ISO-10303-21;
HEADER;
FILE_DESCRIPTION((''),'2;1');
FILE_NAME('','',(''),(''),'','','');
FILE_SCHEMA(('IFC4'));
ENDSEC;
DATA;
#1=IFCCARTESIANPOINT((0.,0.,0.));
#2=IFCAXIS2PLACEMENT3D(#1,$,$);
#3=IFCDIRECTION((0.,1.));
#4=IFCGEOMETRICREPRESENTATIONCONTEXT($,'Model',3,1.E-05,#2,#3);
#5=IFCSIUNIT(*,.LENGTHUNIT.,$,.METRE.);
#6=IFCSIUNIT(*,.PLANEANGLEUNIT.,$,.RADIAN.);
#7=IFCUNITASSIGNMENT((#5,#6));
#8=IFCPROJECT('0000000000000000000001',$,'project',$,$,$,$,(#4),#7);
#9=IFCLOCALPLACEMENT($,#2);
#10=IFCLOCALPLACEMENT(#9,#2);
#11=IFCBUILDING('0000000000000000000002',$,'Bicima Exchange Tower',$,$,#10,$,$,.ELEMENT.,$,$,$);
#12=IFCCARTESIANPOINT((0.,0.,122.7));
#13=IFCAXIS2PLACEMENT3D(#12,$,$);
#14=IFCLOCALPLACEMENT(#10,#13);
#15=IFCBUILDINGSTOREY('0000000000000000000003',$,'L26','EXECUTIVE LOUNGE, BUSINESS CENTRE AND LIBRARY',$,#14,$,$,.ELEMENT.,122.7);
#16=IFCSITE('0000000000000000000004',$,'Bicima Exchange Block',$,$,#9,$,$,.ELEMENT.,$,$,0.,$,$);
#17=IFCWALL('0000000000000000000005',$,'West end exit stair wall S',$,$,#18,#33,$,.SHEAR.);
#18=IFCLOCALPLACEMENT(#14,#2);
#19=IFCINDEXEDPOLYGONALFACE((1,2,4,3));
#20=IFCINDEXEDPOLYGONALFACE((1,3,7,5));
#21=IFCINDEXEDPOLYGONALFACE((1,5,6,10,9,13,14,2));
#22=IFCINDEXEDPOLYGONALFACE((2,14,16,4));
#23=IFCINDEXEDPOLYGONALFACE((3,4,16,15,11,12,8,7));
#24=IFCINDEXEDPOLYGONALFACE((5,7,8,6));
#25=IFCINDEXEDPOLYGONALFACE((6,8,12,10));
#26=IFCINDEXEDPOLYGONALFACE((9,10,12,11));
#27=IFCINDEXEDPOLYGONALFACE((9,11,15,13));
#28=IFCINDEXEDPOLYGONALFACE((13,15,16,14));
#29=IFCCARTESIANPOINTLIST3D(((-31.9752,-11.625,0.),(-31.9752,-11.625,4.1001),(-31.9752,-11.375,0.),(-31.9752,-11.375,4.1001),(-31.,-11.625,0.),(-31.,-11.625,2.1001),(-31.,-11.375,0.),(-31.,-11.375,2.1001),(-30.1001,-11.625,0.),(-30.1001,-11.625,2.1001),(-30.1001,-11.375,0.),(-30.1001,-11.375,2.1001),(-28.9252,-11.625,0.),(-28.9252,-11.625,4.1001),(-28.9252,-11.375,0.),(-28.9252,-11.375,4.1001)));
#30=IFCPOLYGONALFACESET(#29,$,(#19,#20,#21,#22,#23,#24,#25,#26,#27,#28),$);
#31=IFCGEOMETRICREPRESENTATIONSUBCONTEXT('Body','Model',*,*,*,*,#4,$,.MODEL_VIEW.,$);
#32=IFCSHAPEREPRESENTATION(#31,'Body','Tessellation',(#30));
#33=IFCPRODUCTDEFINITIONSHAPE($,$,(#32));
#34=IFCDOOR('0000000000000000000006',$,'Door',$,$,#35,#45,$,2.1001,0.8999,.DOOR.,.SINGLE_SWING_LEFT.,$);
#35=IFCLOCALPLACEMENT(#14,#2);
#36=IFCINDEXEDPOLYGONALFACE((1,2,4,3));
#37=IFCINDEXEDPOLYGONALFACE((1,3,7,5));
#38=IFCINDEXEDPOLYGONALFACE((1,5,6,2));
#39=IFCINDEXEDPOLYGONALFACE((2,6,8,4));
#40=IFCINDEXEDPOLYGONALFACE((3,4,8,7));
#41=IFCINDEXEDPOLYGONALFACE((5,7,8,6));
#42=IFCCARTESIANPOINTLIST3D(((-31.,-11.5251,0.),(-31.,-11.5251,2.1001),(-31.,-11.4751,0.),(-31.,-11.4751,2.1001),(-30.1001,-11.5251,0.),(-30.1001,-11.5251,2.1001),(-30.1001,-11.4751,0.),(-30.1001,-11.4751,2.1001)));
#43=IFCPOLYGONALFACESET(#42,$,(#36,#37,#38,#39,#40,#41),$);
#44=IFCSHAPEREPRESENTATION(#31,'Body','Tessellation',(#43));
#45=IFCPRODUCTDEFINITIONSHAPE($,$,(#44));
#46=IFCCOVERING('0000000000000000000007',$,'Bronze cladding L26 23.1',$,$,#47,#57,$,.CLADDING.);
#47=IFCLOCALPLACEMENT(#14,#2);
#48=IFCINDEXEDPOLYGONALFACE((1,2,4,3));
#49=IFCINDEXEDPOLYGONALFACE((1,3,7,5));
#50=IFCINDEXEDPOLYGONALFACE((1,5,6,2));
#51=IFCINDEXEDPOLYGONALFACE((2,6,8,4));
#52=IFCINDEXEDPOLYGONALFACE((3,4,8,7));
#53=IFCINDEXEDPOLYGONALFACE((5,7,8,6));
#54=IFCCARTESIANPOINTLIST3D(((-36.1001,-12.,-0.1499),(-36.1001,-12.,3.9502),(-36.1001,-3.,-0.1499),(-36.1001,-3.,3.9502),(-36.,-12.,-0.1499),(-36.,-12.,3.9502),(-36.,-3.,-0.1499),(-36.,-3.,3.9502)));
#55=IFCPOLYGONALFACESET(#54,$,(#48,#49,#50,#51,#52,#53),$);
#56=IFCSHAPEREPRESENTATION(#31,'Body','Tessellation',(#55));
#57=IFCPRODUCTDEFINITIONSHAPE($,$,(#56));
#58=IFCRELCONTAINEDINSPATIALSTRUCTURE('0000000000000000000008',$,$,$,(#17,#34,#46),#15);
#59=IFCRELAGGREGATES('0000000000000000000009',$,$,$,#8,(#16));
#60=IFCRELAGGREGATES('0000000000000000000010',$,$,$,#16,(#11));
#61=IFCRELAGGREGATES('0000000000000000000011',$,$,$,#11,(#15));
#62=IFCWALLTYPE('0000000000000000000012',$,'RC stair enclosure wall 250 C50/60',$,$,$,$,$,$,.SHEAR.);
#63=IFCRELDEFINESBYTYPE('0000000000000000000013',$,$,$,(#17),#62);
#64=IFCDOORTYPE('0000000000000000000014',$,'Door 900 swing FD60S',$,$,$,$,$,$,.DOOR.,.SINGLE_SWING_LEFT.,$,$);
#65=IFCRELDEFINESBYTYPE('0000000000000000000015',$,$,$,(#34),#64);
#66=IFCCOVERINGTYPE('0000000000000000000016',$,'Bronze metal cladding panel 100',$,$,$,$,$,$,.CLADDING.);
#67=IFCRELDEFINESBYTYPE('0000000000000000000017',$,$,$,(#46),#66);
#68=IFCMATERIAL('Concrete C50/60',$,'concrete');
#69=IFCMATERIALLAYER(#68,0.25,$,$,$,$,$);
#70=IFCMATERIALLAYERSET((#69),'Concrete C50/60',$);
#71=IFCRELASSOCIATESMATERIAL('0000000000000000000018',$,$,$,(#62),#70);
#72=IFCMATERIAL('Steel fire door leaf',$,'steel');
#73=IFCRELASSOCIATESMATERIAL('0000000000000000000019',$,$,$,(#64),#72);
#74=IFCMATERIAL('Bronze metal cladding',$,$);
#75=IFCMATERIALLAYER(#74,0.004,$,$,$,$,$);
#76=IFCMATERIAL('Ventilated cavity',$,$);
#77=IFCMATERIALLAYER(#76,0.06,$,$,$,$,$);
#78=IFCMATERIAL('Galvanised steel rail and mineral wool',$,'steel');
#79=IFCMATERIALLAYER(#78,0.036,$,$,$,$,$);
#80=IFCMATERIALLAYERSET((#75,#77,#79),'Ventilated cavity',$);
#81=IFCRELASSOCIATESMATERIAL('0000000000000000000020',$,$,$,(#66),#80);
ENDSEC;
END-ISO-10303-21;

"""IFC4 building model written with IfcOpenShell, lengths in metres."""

from ifc_helpers import new_model, si_unit, direction, frame, frame_2d, origin, origin_2d, place, context, subcontext, project, spatial, rectangle, extrude, material, layer, layer_set, type_object, element, fill, save


model = new_model("IFC4")

# Units and contexts
model_context = context("Model", 3, precision=1e-05, world=origin(), true_north=direction((0.0, 1.0)))
body_context = subcontext(model_context, "Body", "Model", "MODEL_VIEW")
ifc_project = project(units=[si_unit("LENGTHUNIT", "METRE"), si_unit("PLANEANGLEUNIT", "RADIAN")], contexts=[model_context])

# Site, building, storey
site_placement = place(None, origin())
site = spatial("IfcSite", under=ifc_project, at=site_placement, Name="Bicima Exchange Block", CompositionType="ELEMENT", RefElevation=0.0)
building_placement = place(site_placement, origin())
building = spatial("IfcBuilding", under=site, at=building_placement, Name="Bicima Exchange Tower", CompositionType="ELEMENT")
storey_placement = place(building_placement, frame((0.0, 0.0, 122.7)))
storey = spatial("IfcBuildingStorey", under=building, at=storey_placement, Name="L26", Description="EXECUTIVE LOUNGE, BUSINESS CENTRE AND LIBRARY", CompositionType="ELEMENT", Elevation=122.7)

# Shared definitions
ifc_material_1 = material(Name="Steel fire door leaf", Category="steel")

# Shared definitions
ifc_material_2 = material(Name="Concrete C50/60", Category="concrete")
ifc_layer_1 = layer(ifc_material_2, 0.25)
ifc_layer_set_1 = layer_set([ifc_layer_1], Name="Concrete C50/60")
wall_type_1 = type_object("IfcWallType", Name="RC stair enclosure wall 250 C50/60", PredefinedType="SHEAR", material=ifc_layer_set_1)

# Wall, opening, door
wall_1_placement = place(storey_placement, frame((-31.9751, -11.5, 0.0), z_axis=(0.0, 0.0, 1.0), x_axis=(1.0, 0.0, 0.0)))
wall_1 = element("IfcWall", 1, at=wall_1_placement, inside=storey, type_object=wall_type_1, Name="West end exit stair wall S", PredefinedType="SHEAR", context=body_context, shape_type="SweptSolid", body=[
    extrude(rectangle(XDim=3.05, YDim=0.25, at=frame_2d((1.5249, 0.0))), origin(), (0.0, 0.0, 1.0), 4.1001),
])
opening_1_placement = place(wall_1_placement, frame((0.9751, 0.0, 0.0)))
opening_1 = element("IfcOpeningElement", 2, at=opening_1_placement, cuts=wall_1, PredefinedType="OPENING", context=body_context, shape_type="SweptSolid", body=[
    extrude(rectangle(XDim=0.8999, YDim=2.1001, at=frame_2d((0.45, 1.05))), frame((0.0, 0.137, 0.0), z_axis=(0.0, -1.0, 0.0), x_axis=(1.0, 0.0, 0.0)), (0.0, 0.0, 1.0), 0.2739),
])
door_type_1 = type_object("IfcDoorType", Name="Door 900 swing FD60S", OperationType="SINGLE_SWING_LEFT", PredefinedType="DOOR", material=ifc_material_1)
door_1_placement = place(opening_1_placement, origin())
door_1 = element("IfcDoor", 3, at=door_1_placement, inside=storey, type_object=door_type_1, Name="Door", OperationType="SINGLE_SWING_LEFT", OverallHeight=2.1001, OverallWidth=0.8999, PredefinedType="DOOR", context=body_context, shape_type="SweptSolid", body=[
    extrude(rectangle(XDim=0.8999, YDim=2.1001, at=frame_2d((0.45, 1.05))), frame((0.0, 0.0249, 0.0), z_axis=(0.0, -1.0, 0.0), x_axis=(1.0, 0.0, 0.0)), (0.0, 0.0, 1.0), 0.05),
])
fill(opening_1, door_1)

# Covering
ifc_material_3 = material(Name="Bronze metal cladding")
ifc_layer_2 = layer(ifc_material_3, 0.004)
ifc_material_4 = material(Name="Ventilated cavity")
ifc_layer_3 = layer(ifc_material_4, 0.06)
ifc_material_5 = material(Name="Galvanised steel rail and mineral wool", Category="steel")
ifc_layer_4 = layer(ifc_material_5, 0.036)
ifc_layer_set_2 = layer_set([ifc_layer_2, ifc_layer_3, ifc_layer_4], Name="Ventilated cavity")
covering_type = type_object("IfcCoveringType", Name="Bronze metal cladding panel 100", PredefinedType="CLADDING", material=ifc_layer_set_2)
covering_placement = place(storey_placement, frame((-36.05, -7.5, -0.1499), z_axis=(0.0, 0.0, 1.0), x_axis=(0.0, -1.0, 0.0)))
element("IfcCovering", 4, at=covering_placement, inside=storey, type_object=covering_type, Name="Bronze cladding L26 23.1", PredefinedType="CLADDING", context=body_context, shape_type="SweptSolid", body=[
    extrude(rectangle(XDim=9.0, YDim=0.1001, at=origin_2d()), origin(), (0.0, 0.0, 1.0), 4.1001),
])

save(model, "model.ifc")
